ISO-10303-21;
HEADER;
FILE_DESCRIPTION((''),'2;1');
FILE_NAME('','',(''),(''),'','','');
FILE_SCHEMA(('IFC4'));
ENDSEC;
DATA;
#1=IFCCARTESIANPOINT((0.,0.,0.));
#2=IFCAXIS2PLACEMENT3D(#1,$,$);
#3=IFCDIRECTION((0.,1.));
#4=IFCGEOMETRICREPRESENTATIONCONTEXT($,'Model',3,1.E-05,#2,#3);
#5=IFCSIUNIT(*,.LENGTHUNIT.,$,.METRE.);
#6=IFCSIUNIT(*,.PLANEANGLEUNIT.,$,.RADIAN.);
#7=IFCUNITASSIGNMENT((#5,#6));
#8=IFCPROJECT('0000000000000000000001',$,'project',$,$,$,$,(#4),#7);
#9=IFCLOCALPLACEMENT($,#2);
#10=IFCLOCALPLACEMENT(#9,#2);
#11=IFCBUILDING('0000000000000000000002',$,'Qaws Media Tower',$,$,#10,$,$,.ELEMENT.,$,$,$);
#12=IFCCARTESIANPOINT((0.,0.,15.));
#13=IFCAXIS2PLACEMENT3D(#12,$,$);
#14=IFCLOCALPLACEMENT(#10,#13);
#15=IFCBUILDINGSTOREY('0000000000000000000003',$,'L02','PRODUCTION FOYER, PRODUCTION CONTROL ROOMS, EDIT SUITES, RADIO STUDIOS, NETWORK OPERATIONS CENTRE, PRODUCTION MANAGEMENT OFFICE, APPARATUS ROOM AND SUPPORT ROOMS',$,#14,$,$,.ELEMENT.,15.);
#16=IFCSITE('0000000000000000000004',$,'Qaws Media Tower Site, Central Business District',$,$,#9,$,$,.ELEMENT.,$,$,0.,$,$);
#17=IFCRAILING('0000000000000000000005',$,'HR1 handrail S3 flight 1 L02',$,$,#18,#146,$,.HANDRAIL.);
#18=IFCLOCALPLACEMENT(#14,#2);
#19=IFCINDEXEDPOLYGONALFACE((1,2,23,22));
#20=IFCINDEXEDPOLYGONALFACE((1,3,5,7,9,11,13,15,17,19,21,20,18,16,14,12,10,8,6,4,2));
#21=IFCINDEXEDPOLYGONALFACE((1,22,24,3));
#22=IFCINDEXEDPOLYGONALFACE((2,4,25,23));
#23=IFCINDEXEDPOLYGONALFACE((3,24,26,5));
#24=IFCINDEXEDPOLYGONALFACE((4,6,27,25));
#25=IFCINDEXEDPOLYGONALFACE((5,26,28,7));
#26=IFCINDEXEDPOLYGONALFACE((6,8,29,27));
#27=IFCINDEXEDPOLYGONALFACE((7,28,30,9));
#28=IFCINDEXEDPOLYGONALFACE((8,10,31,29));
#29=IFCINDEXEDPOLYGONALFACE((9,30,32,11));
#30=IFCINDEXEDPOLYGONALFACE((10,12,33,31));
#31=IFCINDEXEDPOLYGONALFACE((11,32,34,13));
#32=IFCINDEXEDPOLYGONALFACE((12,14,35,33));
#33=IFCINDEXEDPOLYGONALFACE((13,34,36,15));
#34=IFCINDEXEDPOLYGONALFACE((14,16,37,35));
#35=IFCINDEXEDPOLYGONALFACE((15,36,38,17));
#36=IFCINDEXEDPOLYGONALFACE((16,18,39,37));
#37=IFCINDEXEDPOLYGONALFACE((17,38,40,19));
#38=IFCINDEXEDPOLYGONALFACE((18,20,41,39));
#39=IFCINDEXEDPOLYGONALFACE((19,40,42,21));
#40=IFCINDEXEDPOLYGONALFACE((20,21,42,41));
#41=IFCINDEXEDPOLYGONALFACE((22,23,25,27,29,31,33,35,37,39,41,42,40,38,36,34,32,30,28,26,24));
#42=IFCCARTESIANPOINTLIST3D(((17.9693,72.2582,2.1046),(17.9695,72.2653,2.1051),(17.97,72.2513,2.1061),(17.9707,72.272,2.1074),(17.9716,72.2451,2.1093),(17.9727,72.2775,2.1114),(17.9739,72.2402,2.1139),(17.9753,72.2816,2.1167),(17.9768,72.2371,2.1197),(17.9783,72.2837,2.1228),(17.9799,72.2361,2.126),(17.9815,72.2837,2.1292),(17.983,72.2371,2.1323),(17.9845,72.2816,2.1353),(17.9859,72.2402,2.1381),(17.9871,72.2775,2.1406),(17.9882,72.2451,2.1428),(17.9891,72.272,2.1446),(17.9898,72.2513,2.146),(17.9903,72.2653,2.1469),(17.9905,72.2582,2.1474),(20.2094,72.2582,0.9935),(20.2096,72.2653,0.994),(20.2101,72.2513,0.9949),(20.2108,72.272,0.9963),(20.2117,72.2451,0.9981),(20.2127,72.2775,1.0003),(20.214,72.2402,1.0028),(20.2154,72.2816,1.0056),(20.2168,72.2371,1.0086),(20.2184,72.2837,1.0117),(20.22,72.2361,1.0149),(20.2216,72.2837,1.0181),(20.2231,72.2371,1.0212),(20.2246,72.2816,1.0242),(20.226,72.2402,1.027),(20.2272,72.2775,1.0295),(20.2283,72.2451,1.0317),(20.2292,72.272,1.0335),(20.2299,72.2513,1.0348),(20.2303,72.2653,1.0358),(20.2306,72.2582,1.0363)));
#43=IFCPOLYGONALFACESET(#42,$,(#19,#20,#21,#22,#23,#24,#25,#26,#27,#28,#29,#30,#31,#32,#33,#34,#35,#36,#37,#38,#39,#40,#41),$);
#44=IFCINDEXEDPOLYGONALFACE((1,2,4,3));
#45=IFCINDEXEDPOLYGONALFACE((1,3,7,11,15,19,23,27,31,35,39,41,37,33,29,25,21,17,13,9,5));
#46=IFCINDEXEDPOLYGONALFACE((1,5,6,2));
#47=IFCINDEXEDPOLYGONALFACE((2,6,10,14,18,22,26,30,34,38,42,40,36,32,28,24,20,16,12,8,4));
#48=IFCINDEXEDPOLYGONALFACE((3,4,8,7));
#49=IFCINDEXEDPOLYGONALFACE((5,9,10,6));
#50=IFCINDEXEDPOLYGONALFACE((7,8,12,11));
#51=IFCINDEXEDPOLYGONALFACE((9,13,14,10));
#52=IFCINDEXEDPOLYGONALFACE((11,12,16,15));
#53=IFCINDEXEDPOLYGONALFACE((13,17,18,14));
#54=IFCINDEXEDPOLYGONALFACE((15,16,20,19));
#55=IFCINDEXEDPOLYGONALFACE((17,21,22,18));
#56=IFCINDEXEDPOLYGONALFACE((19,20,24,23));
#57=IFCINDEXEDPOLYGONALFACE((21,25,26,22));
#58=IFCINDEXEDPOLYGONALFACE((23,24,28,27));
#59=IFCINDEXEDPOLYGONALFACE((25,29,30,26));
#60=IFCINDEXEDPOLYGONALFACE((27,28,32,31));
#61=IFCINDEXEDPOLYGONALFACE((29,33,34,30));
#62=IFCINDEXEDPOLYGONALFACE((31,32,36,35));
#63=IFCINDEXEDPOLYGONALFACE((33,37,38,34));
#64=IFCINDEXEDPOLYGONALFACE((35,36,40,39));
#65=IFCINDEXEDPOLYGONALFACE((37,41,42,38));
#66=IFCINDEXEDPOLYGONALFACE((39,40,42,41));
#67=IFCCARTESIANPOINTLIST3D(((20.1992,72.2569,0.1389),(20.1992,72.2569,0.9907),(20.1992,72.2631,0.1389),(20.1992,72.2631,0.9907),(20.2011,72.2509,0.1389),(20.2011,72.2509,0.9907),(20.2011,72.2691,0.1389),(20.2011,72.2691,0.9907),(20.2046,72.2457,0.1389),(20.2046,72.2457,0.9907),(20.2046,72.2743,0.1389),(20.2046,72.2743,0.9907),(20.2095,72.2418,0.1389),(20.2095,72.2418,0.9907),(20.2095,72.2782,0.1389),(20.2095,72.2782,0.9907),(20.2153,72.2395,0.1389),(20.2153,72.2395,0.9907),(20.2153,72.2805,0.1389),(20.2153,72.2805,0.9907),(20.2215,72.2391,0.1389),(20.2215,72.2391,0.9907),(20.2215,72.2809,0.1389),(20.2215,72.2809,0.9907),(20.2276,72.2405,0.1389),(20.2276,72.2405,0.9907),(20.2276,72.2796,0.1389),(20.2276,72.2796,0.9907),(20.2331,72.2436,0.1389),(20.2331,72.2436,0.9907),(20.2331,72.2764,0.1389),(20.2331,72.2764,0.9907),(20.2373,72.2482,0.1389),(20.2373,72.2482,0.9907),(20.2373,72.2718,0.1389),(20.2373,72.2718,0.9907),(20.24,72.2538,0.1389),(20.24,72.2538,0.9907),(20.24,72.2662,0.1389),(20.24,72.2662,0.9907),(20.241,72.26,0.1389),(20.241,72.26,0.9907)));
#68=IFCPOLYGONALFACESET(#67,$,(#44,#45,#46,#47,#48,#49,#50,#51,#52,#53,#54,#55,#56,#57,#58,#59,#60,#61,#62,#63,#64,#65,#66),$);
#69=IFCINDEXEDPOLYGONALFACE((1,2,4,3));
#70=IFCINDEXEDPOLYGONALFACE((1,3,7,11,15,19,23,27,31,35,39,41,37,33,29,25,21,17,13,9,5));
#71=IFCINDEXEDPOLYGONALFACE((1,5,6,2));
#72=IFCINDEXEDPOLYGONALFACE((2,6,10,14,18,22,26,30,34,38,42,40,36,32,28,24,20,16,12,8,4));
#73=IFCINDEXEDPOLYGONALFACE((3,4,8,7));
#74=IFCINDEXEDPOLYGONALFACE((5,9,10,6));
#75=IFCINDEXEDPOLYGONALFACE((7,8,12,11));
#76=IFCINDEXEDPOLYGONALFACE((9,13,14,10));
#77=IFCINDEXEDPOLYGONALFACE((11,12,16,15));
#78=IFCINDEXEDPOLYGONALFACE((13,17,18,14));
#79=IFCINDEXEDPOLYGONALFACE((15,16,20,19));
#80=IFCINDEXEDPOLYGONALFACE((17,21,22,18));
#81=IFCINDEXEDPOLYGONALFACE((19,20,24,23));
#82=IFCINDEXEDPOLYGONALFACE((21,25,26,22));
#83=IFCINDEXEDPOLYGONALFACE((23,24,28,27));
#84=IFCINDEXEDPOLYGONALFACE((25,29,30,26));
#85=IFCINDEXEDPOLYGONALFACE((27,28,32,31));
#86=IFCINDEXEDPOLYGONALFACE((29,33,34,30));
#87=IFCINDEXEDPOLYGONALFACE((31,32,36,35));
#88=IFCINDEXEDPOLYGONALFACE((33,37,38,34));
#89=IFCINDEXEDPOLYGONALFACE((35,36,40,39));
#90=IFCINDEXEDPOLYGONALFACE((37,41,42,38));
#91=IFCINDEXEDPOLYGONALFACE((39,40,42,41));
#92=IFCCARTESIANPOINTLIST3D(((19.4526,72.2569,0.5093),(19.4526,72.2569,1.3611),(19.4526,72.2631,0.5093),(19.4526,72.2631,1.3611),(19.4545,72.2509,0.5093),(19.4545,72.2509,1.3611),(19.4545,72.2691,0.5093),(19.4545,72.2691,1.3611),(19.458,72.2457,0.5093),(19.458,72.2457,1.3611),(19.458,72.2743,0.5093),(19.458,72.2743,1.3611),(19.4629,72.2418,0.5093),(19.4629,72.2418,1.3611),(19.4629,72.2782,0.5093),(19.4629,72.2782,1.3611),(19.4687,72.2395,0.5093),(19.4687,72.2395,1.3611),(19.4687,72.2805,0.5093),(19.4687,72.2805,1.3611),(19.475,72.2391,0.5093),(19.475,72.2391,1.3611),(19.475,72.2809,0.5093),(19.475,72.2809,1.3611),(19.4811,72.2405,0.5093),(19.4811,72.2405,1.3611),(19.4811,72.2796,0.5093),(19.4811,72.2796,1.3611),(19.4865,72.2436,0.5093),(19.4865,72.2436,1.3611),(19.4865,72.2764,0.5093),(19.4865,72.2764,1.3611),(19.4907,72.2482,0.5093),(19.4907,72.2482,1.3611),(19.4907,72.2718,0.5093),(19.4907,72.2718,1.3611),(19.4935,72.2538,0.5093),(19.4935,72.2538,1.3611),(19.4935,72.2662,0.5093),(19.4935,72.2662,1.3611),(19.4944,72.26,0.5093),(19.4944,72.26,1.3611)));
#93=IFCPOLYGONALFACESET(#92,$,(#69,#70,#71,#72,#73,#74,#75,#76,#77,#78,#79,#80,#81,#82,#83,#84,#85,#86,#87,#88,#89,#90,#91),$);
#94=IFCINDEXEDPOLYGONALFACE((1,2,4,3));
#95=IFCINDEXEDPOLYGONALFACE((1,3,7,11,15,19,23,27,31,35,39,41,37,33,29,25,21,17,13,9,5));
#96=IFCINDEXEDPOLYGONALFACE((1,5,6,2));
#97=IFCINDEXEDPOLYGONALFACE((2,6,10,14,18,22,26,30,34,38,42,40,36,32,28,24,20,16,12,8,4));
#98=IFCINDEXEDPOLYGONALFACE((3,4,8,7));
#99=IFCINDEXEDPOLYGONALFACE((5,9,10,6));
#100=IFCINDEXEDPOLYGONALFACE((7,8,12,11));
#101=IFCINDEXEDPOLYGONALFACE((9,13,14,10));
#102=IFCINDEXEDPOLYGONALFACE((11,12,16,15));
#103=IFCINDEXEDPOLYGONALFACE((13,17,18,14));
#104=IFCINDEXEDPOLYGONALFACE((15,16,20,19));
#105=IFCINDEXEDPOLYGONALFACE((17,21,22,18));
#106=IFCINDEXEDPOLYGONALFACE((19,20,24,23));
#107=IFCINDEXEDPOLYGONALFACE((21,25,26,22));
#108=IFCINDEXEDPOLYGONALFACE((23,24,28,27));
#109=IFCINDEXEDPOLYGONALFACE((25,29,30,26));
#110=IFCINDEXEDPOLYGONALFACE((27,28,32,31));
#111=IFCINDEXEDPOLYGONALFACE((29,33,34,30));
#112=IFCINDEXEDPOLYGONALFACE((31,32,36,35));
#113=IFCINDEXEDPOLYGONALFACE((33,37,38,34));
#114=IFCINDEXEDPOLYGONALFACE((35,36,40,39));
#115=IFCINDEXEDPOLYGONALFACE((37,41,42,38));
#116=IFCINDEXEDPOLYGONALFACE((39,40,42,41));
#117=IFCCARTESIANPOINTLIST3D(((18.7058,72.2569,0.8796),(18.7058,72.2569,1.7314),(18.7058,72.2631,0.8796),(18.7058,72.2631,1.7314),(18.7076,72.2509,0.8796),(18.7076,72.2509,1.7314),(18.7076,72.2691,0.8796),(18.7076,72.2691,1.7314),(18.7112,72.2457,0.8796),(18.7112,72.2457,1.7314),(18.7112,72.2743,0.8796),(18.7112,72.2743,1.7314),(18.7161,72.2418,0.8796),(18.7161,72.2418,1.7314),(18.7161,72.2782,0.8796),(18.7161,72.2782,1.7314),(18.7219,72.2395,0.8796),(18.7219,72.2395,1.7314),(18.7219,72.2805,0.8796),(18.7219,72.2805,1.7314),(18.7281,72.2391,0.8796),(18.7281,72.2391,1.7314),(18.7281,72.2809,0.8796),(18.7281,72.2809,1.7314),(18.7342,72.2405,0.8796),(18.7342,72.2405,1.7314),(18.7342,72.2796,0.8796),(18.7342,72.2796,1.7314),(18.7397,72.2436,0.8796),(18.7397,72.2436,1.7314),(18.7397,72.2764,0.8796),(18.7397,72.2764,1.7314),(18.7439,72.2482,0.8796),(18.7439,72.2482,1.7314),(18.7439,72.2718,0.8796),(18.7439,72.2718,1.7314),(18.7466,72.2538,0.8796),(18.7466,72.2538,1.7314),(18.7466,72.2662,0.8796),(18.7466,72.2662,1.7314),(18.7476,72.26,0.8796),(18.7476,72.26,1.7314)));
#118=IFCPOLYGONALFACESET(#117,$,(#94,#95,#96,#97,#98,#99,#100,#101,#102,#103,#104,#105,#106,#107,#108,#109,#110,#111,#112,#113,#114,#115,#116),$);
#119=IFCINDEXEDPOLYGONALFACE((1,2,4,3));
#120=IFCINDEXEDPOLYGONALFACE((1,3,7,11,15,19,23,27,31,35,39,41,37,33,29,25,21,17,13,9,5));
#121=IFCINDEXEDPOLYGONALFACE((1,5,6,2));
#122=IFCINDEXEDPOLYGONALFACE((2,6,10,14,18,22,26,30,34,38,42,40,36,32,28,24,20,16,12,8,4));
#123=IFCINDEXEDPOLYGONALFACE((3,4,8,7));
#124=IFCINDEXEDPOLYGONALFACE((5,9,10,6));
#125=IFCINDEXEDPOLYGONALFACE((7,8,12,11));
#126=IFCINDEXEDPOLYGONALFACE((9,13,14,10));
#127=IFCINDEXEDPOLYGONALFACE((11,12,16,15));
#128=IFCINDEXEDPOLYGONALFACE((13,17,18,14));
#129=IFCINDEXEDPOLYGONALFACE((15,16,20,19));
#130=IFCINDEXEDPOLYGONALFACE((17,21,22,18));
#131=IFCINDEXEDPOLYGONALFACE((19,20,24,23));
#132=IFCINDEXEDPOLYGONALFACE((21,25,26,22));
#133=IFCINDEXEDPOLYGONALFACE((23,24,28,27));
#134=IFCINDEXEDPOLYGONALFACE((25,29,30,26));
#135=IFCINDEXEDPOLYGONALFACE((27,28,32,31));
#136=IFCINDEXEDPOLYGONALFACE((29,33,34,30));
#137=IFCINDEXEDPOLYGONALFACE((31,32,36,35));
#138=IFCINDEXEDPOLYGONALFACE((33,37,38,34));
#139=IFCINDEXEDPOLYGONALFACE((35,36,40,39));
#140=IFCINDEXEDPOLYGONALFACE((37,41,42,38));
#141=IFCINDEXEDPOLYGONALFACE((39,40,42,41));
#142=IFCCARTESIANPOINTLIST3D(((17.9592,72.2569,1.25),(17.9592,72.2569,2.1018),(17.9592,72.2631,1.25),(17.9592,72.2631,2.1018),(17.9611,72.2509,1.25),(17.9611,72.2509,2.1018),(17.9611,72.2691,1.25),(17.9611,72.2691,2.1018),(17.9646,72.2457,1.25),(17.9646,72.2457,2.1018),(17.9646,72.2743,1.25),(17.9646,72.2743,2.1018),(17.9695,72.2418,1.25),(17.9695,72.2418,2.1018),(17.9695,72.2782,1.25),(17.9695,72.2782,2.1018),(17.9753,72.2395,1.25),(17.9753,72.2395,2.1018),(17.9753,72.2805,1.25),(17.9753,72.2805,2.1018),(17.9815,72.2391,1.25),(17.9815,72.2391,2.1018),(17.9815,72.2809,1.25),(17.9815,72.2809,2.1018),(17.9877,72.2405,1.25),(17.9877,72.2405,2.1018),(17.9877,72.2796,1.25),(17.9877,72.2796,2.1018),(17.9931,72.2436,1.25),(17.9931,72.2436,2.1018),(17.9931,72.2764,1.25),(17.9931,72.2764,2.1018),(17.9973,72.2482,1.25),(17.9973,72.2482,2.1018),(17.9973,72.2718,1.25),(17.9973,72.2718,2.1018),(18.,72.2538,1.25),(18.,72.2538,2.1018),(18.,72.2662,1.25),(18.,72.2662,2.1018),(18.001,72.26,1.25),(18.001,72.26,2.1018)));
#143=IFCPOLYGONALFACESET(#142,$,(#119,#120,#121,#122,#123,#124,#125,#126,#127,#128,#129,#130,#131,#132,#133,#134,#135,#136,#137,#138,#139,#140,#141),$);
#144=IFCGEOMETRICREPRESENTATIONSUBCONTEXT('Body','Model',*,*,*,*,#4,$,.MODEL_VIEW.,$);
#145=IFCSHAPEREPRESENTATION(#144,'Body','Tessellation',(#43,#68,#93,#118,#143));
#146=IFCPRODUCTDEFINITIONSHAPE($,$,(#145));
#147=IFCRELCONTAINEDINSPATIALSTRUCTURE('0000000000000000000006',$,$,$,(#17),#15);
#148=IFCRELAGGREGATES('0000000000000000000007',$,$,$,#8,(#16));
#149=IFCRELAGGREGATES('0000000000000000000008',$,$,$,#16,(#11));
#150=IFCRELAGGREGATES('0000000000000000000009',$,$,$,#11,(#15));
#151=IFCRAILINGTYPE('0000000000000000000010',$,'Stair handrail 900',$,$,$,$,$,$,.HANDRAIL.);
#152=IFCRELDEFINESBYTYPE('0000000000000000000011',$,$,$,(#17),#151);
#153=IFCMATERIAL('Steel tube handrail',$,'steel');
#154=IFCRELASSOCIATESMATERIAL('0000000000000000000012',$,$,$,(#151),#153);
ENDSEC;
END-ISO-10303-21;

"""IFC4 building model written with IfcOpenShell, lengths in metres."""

from ifc_helpers import new_model, si_unit, direction, frame, origin, origin_2d, place, context, subcontext, project, spatial, circle, extrude, material, type_object, element, save


model = new_model("IFC4")

# Units and contexts
model_context = context("Model", 3, precision=1e-05, world=origin(), true_north=direction((0.0, 1.0)))
body_context = subcontext(model_context, "Body", "Model", "MODEL_VIEW")
ifc_project = project(units=[si_unit("LENGTHUNIT", "METRE"), si_unit("PLANEANGLEUNIT", "RADIAN")], contexts=[model_context])

# Site, building, storey
site_placement = place(None, origin())
site = spatial("IfcSite", under=ifc_project, at=site_placement, Name="Qaws Media Tower Site, Central Business District", CompositionType="ELEMENT", RefElevation=0.0)
building_placement = place(site_placement, origin())
building = spatial("IfcBuilding", under=site, at=building_placement, Name="Qaws Media Tower", CompositionType="ELEMENT")
storey_placement = place(building_placement, frame((0.0, 0.0, 15.0)))
storey = spatial("IfcBuildingStorey", under=building, at=storey_placement, Name="L02", Description="PRODUCTION FOYER, PRODUCTION CONTROL ROOMS, EDIT SUITES, RADIO STUDIOS, NETWORK OPERATIONS CENTRE, PRODUCTION MANAGEMENT OFFICE, APPARATUS ROOM AND SUPPORT ROOMS", CompositionType="ELEMENT", Elevation=15.0)

# Railing
ifc_material_1 = material(Name="Steel tube handrail", Category="steel")
railing_type = type_object("IfcRailingType", Name="Stair handrail 900", PredefinedType="HANDRAIL", material=ifc_material_1)
for number, where, name in (
    (1, (20.22, 72.26, 0.1389), "HR1 handrail S3 flight 1 L02"),
):
    element("IfcRailing", number, at=place(storey_placement, frame(where)), inside=storey, type_object=railing_type, Name=name, PredefinedType="HANDRAIL", context=body_context, shape_type="SweptSolid", body=[
        extrude(circle(Radius=0.0239, at=origin_2d()), frame((0.0, 0.0, 0.876), z_axis=(-0.895848, 0.0, 0.44436), x_axis=(0.0, -1.0, 0.0)), (0.0, 0.0, 1.0), 2.5005),
        extrude(circle(Radius=0.021, at=origin_2d()), origin(), (0.0, 0.0, 1.0), 0.8518),
        extrude(circle(Radius=0.021, at=origin_2d()), frame((-0.7466, 0.0, 0.3704)), (0.0, 0.0, 1.0), 0.8518),
        extrude(circle(Radius=0.021, at=origin_2d()), frame((-1.4934, 0.0, 0.7407)), (0.0, 0.0, 1.0), 0.8518),
        extrude(circle(Radius=0.021, at=origin_2d()), frame((-2.24, 0.0, 1.1111)), (0.0, 0.0, 1.0), 0.8518),
    ])

save(model, "model.ifc")
